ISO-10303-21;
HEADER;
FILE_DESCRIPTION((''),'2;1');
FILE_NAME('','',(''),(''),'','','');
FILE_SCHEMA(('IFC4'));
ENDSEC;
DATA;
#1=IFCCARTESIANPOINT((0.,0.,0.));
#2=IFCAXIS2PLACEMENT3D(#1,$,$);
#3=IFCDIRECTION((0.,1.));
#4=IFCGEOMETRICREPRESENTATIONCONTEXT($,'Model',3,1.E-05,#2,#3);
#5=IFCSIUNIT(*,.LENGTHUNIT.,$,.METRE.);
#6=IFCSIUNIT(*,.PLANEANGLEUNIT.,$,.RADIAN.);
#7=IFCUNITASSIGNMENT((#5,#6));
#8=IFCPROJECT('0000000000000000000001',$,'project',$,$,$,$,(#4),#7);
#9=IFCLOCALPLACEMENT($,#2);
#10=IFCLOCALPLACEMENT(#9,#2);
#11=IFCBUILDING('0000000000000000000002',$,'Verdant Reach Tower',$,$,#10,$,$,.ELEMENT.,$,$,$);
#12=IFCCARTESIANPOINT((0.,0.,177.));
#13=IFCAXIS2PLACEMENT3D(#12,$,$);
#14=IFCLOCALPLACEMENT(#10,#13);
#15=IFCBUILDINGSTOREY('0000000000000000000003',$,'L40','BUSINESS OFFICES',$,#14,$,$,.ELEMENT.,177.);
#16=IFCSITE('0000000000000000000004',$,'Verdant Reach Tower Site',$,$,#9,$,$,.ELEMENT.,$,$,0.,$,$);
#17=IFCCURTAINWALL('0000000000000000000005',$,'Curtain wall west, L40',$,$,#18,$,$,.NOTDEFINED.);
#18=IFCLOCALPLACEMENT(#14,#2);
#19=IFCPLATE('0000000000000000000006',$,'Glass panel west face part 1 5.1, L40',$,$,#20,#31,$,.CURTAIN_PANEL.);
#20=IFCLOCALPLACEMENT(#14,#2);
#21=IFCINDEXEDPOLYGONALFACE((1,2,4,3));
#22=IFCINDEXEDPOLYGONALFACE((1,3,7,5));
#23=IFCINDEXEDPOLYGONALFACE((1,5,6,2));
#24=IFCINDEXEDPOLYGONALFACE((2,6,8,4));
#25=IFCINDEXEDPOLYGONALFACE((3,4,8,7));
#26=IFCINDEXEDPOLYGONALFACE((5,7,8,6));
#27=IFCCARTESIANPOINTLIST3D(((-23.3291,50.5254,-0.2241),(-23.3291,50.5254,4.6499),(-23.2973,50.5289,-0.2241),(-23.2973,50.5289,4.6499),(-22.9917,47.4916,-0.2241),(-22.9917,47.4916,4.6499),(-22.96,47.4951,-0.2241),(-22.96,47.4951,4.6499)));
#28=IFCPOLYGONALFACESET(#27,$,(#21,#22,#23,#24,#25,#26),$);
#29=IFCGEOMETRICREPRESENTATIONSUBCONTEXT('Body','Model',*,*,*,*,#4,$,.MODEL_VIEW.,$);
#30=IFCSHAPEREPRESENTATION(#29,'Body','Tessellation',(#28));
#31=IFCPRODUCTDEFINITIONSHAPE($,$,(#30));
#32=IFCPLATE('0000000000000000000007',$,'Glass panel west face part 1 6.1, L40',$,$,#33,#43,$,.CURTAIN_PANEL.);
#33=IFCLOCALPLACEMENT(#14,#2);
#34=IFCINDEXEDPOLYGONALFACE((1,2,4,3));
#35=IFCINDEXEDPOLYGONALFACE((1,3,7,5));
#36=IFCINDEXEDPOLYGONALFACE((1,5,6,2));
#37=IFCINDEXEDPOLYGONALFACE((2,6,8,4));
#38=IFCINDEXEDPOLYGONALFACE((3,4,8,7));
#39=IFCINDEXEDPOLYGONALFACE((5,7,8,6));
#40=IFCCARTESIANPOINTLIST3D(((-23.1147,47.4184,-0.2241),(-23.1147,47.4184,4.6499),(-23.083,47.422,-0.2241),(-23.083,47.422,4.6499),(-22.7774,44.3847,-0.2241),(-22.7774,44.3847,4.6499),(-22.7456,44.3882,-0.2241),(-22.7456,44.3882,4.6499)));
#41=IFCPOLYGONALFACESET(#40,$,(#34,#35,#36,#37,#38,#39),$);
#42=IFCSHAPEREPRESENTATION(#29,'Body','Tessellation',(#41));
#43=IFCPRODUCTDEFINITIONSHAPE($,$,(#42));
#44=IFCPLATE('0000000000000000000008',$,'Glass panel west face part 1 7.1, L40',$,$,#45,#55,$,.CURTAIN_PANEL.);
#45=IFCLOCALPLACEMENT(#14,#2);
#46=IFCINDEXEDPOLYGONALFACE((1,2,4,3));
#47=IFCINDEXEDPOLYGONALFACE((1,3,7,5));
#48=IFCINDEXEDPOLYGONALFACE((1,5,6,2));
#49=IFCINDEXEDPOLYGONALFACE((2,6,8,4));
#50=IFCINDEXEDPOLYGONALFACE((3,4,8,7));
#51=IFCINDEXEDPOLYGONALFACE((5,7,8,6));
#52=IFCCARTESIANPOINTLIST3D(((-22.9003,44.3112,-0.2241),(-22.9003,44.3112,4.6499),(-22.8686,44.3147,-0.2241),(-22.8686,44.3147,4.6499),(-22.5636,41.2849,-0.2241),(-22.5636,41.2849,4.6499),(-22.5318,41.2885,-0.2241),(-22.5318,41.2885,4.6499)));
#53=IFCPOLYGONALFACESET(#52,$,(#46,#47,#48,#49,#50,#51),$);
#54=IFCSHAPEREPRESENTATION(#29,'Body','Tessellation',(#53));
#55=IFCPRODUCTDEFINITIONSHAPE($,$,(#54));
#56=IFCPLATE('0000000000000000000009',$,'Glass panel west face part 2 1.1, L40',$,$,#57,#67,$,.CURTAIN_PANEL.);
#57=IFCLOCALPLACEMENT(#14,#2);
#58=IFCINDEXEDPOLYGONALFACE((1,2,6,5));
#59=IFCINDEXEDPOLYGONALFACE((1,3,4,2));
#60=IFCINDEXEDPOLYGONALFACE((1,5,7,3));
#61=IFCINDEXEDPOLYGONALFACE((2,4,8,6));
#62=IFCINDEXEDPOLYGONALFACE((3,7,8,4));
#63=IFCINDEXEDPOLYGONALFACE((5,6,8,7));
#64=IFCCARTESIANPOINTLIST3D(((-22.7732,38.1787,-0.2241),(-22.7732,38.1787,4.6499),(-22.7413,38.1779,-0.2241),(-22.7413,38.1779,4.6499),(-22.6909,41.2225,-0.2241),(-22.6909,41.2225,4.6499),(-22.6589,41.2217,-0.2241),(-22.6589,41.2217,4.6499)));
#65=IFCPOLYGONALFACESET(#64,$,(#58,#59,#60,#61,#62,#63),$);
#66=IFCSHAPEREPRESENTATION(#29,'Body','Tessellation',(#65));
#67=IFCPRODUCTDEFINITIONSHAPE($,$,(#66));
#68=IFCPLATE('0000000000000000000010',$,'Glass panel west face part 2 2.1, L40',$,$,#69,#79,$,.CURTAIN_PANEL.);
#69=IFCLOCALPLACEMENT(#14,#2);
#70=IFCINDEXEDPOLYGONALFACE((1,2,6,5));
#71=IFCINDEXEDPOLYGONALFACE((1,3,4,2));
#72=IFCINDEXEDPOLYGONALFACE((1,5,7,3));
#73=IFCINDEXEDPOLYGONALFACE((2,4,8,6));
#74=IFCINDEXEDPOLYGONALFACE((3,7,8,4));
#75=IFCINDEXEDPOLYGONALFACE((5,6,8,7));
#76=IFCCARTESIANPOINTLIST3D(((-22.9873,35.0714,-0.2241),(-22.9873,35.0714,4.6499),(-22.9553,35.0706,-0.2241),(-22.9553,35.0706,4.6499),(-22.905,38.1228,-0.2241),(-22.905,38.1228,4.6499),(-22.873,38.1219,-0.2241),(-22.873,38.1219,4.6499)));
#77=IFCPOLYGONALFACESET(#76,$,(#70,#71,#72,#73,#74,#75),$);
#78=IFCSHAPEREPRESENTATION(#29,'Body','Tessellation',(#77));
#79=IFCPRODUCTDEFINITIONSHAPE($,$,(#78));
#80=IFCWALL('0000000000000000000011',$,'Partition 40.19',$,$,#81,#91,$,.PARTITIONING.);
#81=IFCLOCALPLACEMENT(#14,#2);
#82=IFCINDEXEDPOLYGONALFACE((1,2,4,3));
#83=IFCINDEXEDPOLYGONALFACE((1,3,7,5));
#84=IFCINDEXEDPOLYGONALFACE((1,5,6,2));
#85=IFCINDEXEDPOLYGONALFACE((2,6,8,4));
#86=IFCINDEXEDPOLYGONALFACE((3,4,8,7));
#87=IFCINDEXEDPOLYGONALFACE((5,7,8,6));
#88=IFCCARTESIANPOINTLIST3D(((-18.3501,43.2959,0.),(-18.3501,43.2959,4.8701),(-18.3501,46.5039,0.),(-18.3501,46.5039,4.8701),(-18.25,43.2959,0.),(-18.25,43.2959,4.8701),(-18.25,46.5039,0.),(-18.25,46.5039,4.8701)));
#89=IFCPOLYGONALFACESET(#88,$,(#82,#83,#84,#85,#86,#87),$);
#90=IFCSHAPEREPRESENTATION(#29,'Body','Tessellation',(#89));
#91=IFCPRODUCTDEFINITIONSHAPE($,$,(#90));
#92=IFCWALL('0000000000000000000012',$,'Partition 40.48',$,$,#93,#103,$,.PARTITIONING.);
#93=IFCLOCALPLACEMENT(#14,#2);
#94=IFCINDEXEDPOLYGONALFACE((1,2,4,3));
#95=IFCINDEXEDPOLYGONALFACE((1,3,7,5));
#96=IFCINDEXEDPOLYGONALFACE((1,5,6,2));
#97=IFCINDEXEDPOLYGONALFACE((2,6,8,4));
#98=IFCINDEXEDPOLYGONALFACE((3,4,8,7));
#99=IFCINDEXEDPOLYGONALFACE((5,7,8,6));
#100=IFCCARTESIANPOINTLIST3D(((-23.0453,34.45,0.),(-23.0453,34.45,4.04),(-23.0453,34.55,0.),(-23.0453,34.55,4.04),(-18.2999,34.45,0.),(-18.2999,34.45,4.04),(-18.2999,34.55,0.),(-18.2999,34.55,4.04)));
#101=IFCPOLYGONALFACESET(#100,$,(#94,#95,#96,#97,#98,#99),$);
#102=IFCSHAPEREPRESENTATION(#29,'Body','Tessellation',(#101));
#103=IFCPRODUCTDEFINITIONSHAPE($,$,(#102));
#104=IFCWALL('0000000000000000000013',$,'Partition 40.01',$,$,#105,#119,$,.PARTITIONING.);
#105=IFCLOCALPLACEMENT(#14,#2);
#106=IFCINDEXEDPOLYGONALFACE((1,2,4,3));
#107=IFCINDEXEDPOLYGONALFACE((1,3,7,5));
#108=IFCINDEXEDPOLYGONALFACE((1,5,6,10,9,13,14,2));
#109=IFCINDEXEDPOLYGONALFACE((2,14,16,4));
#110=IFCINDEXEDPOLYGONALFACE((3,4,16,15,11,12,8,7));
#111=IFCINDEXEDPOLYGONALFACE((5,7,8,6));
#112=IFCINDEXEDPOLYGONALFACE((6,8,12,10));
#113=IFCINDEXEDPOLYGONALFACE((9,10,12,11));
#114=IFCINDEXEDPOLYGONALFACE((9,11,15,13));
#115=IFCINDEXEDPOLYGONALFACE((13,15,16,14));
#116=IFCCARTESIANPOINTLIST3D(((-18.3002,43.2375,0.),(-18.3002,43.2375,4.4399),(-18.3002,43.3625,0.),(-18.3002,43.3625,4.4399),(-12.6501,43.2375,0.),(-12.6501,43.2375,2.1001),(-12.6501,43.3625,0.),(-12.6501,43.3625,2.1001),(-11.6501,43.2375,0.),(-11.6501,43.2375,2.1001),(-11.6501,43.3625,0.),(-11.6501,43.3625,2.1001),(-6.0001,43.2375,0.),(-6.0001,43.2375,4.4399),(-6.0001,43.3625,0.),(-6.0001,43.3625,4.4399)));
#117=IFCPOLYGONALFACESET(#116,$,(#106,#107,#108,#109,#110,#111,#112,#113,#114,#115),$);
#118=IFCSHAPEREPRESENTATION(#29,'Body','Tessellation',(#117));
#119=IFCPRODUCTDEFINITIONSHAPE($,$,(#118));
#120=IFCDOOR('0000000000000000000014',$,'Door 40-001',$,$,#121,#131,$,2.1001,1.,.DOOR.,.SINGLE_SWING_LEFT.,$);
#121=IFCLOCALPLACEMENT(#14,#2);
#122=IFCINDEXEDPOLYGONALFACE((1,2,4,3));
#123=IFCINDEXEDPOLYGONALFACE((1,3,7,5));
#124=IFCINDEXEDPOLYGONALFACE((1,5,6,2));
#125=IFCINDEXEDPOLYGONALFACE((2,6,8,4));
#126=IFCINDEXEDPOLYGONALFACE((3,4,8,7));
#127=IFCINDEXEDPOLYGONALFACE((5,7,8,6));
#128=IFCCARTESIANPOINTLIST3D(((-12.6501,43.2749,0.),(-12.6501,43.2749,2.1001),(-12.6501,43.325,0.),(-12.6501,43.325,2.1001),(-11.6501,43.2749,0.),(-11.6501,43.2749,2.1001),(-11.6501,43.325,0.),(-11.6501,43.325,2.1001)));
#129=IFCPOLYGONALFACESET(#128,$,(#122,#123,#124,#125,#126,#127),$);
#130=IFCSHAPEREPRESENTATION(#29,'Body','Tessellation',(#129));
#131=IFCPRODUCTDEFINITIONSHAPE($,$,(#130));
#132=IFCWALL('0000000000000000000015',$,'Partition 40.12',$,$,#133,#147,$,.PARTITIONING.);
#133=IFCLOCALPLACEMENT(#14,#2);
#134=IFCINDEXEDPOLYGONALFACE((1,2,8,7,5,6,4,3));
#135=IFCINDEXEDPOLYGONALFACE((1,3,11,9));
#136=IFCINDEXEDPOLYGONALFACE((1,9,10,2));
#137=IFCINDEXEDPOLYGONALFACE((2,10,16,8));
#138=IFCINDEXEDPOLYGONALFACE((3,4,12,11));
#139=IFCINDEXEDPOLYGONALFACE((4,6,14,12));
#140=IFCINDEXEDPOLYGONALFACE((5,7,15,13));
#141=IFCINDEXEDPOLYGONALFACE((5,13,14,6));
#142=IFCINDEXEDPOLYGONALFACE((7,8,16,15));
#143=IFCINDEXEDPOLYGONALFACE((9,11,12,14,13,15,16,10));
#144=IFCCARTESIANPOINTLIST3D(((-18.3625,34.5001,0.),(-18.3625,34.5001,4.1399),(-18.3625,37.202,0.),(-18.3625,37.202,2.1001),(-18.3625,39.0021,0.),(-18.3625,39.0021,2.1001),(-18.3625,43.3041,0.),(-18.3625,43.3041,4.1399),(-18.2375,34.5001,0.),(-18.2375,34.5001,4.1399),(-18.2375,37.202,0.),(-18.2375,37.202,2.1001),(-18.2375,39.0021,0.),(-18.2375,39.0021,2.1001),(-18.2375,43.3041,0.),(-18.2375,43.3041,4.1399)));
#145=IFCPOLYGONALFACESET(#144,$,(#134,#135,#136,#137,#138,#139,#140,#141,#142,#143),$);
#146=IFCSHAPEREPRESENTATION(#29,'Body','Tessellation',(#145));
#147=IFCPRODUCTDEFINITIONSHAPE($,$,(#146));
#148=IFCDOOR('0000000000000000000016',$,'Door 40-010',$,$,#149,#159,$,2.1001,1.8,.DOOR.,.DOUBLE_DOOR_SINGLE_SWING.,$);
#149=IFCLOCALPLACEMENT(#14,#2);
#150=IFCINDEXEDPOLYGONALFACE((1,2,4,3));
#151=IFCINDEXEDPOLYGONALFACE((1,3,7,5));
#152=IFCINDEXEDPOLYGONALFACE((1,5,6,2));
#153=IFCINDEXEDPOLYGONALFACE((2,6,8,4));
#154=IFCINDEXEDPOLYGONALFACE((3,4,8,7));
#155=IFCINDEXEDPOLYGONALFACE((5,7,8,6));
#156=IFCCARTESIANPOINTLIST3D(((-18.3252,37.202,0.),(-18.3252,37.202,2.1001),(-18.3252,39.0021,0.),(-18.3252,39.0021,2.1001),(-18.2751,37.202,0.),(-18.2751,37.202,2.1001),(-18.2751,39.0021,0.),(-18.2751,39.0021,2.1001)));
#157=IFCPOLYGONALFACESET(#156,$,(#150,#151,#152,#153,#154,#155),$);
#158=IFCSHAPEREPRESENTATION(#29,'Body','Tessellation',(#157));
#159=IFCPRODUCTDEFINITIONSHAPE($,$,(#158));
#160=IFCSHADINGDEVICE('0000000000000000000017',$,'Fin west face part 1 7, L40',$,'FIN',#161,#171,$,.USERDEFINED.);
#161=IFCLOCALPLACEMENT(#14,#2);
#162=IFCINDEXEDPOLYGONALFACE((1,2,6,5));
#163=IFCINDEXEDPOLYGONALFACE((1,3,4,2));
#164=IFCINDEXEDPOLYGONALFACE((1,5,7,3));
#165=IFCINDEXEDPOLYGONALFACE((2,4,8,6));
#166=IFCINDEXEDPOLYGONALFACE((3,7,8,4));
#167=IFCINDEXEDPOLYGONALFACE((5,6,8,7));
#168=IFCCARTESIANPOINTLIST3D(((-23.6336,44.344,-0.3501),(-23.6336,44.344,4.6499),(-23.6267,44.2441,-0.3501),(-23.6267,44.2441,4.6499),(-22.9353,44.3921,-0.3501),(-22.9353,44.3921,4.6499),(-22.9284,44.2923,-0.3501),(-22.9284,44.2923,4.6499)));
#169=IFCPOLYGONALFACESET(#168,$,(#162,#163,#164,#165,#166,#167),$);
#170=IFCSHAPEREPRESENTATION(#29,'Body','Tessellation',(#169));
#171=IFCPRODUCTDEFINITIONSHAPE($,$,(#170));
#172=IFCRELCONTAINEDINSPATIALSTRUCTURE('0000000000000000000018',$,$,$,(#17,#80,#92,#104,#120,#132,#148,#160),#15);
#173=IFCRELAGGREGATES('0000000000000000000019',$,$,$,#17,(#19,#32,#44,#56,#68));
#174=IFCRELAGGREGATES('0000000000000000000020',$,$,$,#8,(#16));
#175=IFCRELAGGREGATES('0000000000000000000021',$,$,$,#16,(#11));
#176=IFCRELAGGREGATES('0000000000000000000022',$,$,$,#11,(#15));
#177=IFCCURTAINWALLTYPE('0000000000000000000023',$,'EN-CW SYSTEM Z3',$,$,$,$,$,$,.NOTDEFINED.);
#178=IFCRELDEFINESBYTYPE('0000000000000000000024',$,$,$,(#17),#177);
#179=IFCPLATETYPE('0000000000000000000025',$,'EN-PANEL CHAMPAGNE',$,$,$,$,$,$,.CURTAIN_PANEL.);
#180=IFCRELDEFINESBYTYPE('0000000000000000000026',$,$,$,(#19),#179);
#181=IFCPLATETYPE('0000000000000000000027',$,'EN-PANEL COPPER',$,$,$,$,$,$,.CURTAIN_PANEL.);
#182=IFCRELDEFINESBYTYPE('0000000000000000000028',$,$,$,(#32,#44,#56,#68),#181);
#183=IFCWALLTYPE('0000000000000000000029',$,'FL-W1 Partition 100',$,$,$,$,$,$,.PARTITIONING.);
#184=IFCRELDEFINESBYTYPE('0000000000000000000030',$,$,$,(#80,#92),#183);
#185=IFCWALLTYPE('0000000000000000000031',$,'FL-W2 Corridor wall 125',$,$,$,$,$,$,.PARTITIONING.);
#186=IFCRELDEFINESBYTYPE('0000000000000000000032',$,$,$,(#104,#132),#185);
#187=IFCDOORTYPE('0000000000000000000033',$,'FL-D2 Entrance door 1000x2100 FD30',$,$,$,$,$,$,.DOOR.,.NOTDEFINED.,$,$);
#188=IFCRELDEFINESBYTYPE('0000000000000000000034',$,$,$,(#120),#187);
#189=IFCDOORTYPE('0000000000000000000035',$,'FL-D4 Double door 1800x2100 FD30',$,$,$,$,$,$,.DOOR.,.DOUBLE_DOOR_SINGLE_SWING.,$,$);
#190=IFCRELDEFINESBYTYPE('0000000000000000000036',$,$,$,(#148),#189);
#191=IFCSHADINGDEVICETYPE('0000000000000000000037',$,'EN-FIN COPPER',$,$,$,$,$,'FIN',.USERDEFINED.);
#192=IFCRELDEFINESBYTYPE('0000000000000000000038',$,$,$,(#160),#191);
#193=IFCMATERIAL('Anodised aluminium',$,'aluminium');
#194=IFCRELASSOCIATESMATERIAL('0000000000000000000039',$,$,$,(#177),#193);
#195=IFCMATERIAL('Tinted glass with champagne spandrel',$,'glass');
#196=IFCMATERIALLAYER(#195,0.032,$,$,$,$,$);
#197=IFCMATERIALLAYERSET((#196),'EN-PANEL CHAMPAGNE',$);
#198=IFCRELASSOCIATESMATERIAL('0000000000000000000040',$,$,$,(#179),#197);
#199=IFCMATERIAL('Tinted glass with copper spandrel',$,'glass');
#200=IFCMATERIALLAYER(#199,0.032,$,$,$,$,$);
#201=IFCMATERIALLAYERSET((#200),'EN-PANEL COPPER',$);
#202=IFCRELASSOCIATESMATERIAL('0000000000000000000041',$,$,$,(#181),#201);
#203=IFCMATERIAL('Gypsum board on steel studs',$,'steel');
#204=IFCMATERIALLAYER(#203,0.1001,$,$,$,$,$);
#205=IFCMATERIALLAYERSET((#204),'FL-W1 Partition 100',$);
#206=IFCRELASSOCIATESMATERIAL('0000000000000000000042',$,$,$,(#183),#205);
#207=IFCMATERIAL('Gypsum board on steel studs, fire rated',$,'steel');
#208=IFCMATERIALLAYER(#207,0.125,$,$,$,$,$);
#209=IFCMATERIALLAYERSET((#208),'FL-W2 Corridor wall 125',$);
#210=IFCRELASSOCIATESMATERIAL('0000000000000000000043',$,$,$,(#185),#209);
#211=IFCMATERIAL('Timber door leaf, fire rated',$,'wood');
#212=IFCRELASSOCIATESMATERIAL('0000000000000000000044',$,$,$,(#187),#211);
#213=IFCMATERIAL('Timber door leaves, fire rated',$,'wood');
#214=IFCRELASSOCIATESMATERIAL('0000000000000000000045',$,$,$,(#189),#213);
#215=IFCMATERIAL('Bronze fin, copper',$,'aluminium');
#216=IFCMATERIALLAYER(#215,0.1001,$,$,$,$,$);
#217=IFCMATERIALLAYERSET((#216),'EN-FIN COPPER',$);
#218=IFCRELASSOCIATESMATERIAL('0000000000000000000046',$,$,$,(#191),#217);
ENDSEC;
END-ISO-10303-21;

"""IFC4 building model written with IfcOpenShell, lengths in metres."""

from ifc_helpers import new_model, si_unit, direction, frame, frame_2d, origin, origin_2d, place, context, subcontext, project, spatial, rectangle, extrude, material, layer, layer_set, type_object, element, fill, aggregate, save


model = new_model("IFC4")

# Units and contexts
model_context = context("Model", 3, precision=1e-05, world=origin(), true_north=direction((0.0, 1.0)))
body_context = subcontext(model_context, "Body", "Model", "MODEL_VIEW")
ifc_project = project(units=[si_unit("LENGTHUNIT", "METRE"), si_unit("PLANEANGLEUNIT", "RADIAN")], contexts=[model_context])

# Site, building, storey
site_placement = place(None, origin())
site = spatial("IfcSite", under=ifc_project, at=site_placement, Name="Verdant Reach Tower Site", CompositionType="ELEMENT", RefElevation=0.0)
building_placement = place(site_placement, origin())
building = spatial("IfcBuilding", under=site, at=building_placement, Name="Verdant Reach Tower", CompositionType="ELEMENT")
storey_placement = place(building_placement, frame((0.0, 0.0, 177.0)))
storey = spatial("IfcBuildingStorey", under=building, at=storey_placement, Name="L40", Description="BUSINESS OFFICES", CompositionType="ELEMENT", Elevation=177.0)

# Curtain wall
ifc_material_1 = material(Name="Anodised aluminium", Category="aluminium")
curtain_wall_type = type_object("IfcCurtainWallType", Name="EN-CW SYSTEM Z3", PredefinedType="NOTDEFINED", material=ifc_material_1)
curtain_wall_placement = place(storey_placement, origin())
curtain_wall = element("IfcCurtainWall", 1, at=curtain_wall_placement, inside=storey, type_object=curtain_wall_type, Name="Curtain wall west, L40", PredefinedType="NOTDEFINED")

# Plates
ifc_material_2 = material(Name="Tinted glass with champagne spandrel", Category="glass")
ifc_layer_1 = layer(ifc_material_2, 0.032)
ifc_layer_set_1 = layer_set([ifc_layer_1], Name="EN-PANEL CHAMPAGNE")
plate_type_1 = type_object("IfcPlateType", Name="EN-PANEL CHAMPAGNE", PredefinedType="CURTAIN_PANEL", material=ifc_layer_set_1)
plate_1_placement = place(storey_placement, frame((-23.1445, 49.0103, -0.2241), z_axis=(0.0, 0.0, 1.0), x_axis=(0.110518, -0.993874, 0.0)))
plate_1 = element("IfcPlate", 2, at=plate_1_placement, type_object=plate_type_1, Name="Glass panel west face part 1 5.1, L40", PredefinedType="CURTAIN_PANEL", context=body_context, shape_type="SweptSolid", body=[
    extrude(rectangle(XDim=3.0525, YDim=0.032, at=origin_2d()), origin(), (0.0, 0.0, 1.0), 4.874),
])
ifc_material_3 = material(Name="Tinted glass with copper spandrel", Category="glass")
ifc_layer_2 = layer(ifc_material_3, 0.032)
ifc_layer_set_2 = layer_set([ifc_layer_2], Name="EN-PANEL COPPER")
plate_type_2 = type_object("IfcPlateType", Name="EN-PANEL COPPER", PredefinedType="CURTAIN_PANEL", material=ifc_layer_set_2)
plate_2_placement = place(storey_placement, frame((-22.9302, 45.9033, -0.2241), z_axis=(0.0, 0.0, 1.0), x_axis=(0.110518, -0.993874, 0.0)))
plate_2 = element("IfcPlate", 3, at=plate_2_placement, type_object=plate_type_2, Name="Glass panel west face part 1 6.1, L40", PredefinedType="CURTAIN_PANEL", context=body_context, shape_type="SweptSolid", body=[
    extrude(rectangle(XDim=3.0525, YDim=0.032, at=origin_2d()), origin(), (0.0, 0.0, 1.0), 4.874),
])
plate_3_placement = place(storey_placement, frame((-22.7161, 42.7998, -0.2241), z_axis=(0.0, 0.0, 1.0), x_axis=(0.110601, -0.993865, 0.0)))
plate_3 = element("IfcPlate", 4, at=plate_3_placement, type_object=plate_type_2, Name="Glass panel west face part 1 7.1, L40", PredefinedType="CURTAIN_PANEL", context=body_context, shape_type="SweptSolid", body=[
    extrude(rectangle(XDim=3.0449, YDim=0.032, at=origin_2d()), origin(), (0.0, 0.0, 1.0), 4.874),
])
plate_4_placement = place(storey_placement, frame((-22.7161, 39.7002, -0.2241), z_axis=(0.0, 0.0, 1.0), x_axis=(-0.027048, -0.999634, 0.0)))
plate_4 = element("IfcPlate", 5, at=plate_4_placement, type_object=plate_type_2, Name="Glass panel west face part 2 1.1, L40", PredefinedType="CURTAIN_PANEL", context=body_context, shape_type="SweptSolid", body=[
    extrude(rectangle(XDim=3.0449, YDim=0.032, at=origin_2d()), origin(), (0.0, 0.0, 1.0), 4.874),
])
plate_5_placement = place(storey_placement, frame((-22.9302, 36.5967, -0.2241), z_axis=(0.0, 0.0, 1.0), x_axis=(-0.026965, -0.999636, 0.0)))
plate_5 = element("IfcPlate", 6, at=plate_5_placement, type_object=plate_type_2, Name="Glass panel west face part 2 2.1, L40", PredefinedType="CURTAIN_PANEL", context=body_context, shape_type="SweptSolid", body=[
    extrude(rectangle(XDim=3.0525, YDim=0.032, at=origin_2d()), origin(), (0.0, 0.0, 1.0), 4.874),
])
aggregate(curtain_wall, [plate_1, plate_2, plate_3, plate_4, plate_5])

# Walls
ifc_material_4 = material(Name="Gypsum board on steel studs", Category="steel")
ifc_layer_3 = layer(ifc_material_4, 0.1001)
ifc_layer_set_3 = layer_set([ifc_layer_3], Name="FL-W1 Partition 100")
wall_type_1 = type_object("IfcWallType", Name="FL-W1 Partition 100", PredefinedType="PARTITIONING", material=ifc_layer_set_3)
wall_1_placement = place(storey_placement, frame((-18.3, 46.5039, 0.0), z_axis=(0.0, 0.0, 1.0), x_axis=(0.0, -1.0, 0.0)))
element("IfcWall", 7, at=wall_1_placement, inside=storey, type_object=wall_type_1, Name="Partition 40.19", PredefinedType="PARTITIONING", context=body_context, shape_type="SweptSolid", body=[
    extrude(rectangle(XDim=3.208, YDim=0.1001, at=frame_2d((1.604, 0.0))), origin(), (0.0, 0.0, 1.0), 4.8701),
])
wall_2_placement = place(storey_placement, frame((-18.3, 34.5, 0.0), z_axis=(0.0, 0.0, 1.0), x_axis=(-1.0, 0.0, 0.0)))
element("IfcWall", 8, at=wall_2_placement, inside=storey, type_object=wall_type_1, Name="Partition 40.48", PredefinedType="PARTITIONING", context=body_context, shape_type="SweptSolid", body=[
    extrude(rectangle(XDim=4.7454, YDim=0.1001, at=frame_2d((2.3726, 0.0))), origin(), (0.0, 0.0, 1.0), 4.04),
])

# Walls, openings, doors
ifc_material_5 = material(Name="Gypsum board on steel studs, fire rated", Category="steel")
ifc_layer_4 = layer(ifc_material_5, 0.125)
ifc_layer_set_4 = layer_set([ifc_layer_4], Name="FL-W2 Corridor wall 125")
wall_type_2 = type_object("IfcWallType", Name="FL-W2 Corridor wall 125", PredefinedType="PARTITIONING", material=ifc_layer_set_4)
wall_3_placement = place(storey_placement, frame((-18.3, 43.3, 0.0), z_axis=(0.0, 0.0, 1.0), x_axis=(1.0, 0.0, 0.0)))
wall_3 = element("IfcWall", 9, at=wall_3_placement, inside=storey, type_object=wall_type_2, Name="Partition 40.01", PredefinedType="PARTITIONING", context=body_context, shape_type="SweptSolid", body=[
    extrude(rectangle(XDim=12.3, YDim=0.125, at=frame_2d((6.1499, 0.0))), origin(), (0.0, 0.0, 1.0), 4.4399),
])
opening_1_placement = place(wall_3_placement, frame((5.6499, 0.0, 0.0)))
opening_1 = element("IfcOpeningElement", 10, at=opening_1_placement, cuts=wall_3, PredefinedType="OPENING", context=body_context, shape_type="SweptSolid", body=[
    extrude(rectangle(XDim=1.0, YDim=2.1001, at=frame_2d((0.5, 1.05))), frame((0.0, 0.0725, 0.0), z_axis=(0.0, -1.0, 0.0), x_axis=(1.0, 0.0, 0.0)), (0.0, 0.0, 1.0), 0.145),
])
ifc_material_6 = material(Name="Timber door leaf, fire rated", Category="wood")
door_type_1 = type_object("IfcDoorType", Name="FL-D2 Entrance door 1000x2100 FD30", OperationType="NOTDEFINED", PredefinedType="DOOR", material=ifc_material_6)
door_1_placement = place(opening_1_placement, origin())
door_1 = element("IfcDoor", 11, at=door_1_placement, inside=storey, type_object=door_type_1, Name="Door 40-001", OperationType="SINGLE_SWING_LEFT", OverallHeight=2.1001, OverallWidth=1.0, PredefinedType="DOOR", context=body_context, shape_type="SweptSolid", body=[
    extrude(rectangle(XDim=1.0, YDim=2.1001, at=frame_2d((0.5, 1.05))), frame((0.0, 0.0249, 0.0), z_axis=(0.0, -1.0, 0.0), x_axis=(1.0, 0.0, 0.0)), (0.0, 0.0, 1.0), 0.05),
])
fill(opening_1, door_1)
wall_4_placement = place(storey_placement, frame((-18.3, 43.304, 0.0), z_axis=(0.0, 0.0, 1.0), x_axis=(0.0, -1.0, 0.0)))
wall_4 = element("IfcWall", 12, at=wall_4_placement, inside=storey, type_object=wall_type_2, Name="Partition 40.12", PredefinedType="PARTITIONING", context=body_context, shape_type="SweptSolid", body=[
    extrude(rectangle(XDim=8.804, YDim=0.125, at=frame_2d((4.4019, 0.0))), origin(), (0.0, 0.0, 1.0), 4.1399),
])
opening_2_placement = place(wall_4_placement, frame((4.302, 0.0, 0.0)))
opening_2 = element("IfcOpeningElement", 13, at=opening_2_placement, cuts=wall_4, PredefinedType="OPENING", context=body_context, shape_type="SweptSolid", body=[
    extrude(rectangle(XDim=1.8, YDim=2.1001, at=frame_2d((0.8999, 1.05))), frame((0.0, 0.0725, 0.0), z_axis=(0.0, -1.0, 0.0), x_axis=(1.0, 0.0, 0.0)), (0.0, 0.0, 1.0), 0.145),
])
ifc_material_7 = material(Name="Timber door leaves, fire rated", Category="wood")
door_type_2 = type_object("IfcDoorType", Name="FL-D4 Double door 1800x2100 FD30", OperationType="DOUBLE_DOOR_SINGLE_SWING", PredefinedType="DOOR", material=ifc_material_7)
door_2_placement = place(opening_2_placement, origin())
door_2 = element("IfcDoor", 14, at=door_2_placement, inside=storey, type_object=door_type_2, Name="Door 40-010", OperationType="DOUBLE_DOOR_SINGLE_SWING", OverallHeight=2.1001, OverallWidth=1.8, PredefinedType="DOOR", context=body_context, shape_type="SweptSolid", body=[
    extrude(rectangle(XDim=1.8, YDim=2.1001, at=frame_2d((0.8999, 1.05))), frame((0.0, 0.0249, 0.0), z_axis=(0.0, -1.0, 0.0), x_axis=(1.0, 0.0, 0.0)), (0.0, 0.0, 1.0), 0.05),
])
fill(opening_2, door_2)

# Shading device
ifc_material_8 = material(Name="Bronze fin, copper", Category="aluminium")
ifc_layer_5 = layer(ifc_material_8, 0.1001)
ifc_layer_set_5 = layer_set([ifc_layer_5], Name="EN-FIN COPPER")
shading_device_type_1 = type_object("IfcShadingDeviceType", Name="EN-FIN COPPER", ElementType="FIN", PredefinedType="USERDEFINED", material=ifc_layer_set_5)
for number, where, z_axis, x_axis, name in (
    (15, (-23.281, 44.3181, -0.3501), (0.0, 0.0, 1.0), (0.068802, -0.99763, 0.0), "Fin west face part 1 7, L40"),
):
    element("IfcShadingDevice", number, at=place(storey_placement, frame(where, z_axis=z_axis, x_axis=x_axis)), inside=storey, type_object=shading_device_type_1, Name=name, ObjectType="FIN", PredefinedType="USERDEFINED", context=body_context, shape_type="SweptSolid", body=[
        extrude(rectangle(XDim=0.1001, YDim=0.7, at=origin_2d()), origin(), (0.0, 0.0, 1.0), 5.0),
    ])

save(model, "model.ifc")
